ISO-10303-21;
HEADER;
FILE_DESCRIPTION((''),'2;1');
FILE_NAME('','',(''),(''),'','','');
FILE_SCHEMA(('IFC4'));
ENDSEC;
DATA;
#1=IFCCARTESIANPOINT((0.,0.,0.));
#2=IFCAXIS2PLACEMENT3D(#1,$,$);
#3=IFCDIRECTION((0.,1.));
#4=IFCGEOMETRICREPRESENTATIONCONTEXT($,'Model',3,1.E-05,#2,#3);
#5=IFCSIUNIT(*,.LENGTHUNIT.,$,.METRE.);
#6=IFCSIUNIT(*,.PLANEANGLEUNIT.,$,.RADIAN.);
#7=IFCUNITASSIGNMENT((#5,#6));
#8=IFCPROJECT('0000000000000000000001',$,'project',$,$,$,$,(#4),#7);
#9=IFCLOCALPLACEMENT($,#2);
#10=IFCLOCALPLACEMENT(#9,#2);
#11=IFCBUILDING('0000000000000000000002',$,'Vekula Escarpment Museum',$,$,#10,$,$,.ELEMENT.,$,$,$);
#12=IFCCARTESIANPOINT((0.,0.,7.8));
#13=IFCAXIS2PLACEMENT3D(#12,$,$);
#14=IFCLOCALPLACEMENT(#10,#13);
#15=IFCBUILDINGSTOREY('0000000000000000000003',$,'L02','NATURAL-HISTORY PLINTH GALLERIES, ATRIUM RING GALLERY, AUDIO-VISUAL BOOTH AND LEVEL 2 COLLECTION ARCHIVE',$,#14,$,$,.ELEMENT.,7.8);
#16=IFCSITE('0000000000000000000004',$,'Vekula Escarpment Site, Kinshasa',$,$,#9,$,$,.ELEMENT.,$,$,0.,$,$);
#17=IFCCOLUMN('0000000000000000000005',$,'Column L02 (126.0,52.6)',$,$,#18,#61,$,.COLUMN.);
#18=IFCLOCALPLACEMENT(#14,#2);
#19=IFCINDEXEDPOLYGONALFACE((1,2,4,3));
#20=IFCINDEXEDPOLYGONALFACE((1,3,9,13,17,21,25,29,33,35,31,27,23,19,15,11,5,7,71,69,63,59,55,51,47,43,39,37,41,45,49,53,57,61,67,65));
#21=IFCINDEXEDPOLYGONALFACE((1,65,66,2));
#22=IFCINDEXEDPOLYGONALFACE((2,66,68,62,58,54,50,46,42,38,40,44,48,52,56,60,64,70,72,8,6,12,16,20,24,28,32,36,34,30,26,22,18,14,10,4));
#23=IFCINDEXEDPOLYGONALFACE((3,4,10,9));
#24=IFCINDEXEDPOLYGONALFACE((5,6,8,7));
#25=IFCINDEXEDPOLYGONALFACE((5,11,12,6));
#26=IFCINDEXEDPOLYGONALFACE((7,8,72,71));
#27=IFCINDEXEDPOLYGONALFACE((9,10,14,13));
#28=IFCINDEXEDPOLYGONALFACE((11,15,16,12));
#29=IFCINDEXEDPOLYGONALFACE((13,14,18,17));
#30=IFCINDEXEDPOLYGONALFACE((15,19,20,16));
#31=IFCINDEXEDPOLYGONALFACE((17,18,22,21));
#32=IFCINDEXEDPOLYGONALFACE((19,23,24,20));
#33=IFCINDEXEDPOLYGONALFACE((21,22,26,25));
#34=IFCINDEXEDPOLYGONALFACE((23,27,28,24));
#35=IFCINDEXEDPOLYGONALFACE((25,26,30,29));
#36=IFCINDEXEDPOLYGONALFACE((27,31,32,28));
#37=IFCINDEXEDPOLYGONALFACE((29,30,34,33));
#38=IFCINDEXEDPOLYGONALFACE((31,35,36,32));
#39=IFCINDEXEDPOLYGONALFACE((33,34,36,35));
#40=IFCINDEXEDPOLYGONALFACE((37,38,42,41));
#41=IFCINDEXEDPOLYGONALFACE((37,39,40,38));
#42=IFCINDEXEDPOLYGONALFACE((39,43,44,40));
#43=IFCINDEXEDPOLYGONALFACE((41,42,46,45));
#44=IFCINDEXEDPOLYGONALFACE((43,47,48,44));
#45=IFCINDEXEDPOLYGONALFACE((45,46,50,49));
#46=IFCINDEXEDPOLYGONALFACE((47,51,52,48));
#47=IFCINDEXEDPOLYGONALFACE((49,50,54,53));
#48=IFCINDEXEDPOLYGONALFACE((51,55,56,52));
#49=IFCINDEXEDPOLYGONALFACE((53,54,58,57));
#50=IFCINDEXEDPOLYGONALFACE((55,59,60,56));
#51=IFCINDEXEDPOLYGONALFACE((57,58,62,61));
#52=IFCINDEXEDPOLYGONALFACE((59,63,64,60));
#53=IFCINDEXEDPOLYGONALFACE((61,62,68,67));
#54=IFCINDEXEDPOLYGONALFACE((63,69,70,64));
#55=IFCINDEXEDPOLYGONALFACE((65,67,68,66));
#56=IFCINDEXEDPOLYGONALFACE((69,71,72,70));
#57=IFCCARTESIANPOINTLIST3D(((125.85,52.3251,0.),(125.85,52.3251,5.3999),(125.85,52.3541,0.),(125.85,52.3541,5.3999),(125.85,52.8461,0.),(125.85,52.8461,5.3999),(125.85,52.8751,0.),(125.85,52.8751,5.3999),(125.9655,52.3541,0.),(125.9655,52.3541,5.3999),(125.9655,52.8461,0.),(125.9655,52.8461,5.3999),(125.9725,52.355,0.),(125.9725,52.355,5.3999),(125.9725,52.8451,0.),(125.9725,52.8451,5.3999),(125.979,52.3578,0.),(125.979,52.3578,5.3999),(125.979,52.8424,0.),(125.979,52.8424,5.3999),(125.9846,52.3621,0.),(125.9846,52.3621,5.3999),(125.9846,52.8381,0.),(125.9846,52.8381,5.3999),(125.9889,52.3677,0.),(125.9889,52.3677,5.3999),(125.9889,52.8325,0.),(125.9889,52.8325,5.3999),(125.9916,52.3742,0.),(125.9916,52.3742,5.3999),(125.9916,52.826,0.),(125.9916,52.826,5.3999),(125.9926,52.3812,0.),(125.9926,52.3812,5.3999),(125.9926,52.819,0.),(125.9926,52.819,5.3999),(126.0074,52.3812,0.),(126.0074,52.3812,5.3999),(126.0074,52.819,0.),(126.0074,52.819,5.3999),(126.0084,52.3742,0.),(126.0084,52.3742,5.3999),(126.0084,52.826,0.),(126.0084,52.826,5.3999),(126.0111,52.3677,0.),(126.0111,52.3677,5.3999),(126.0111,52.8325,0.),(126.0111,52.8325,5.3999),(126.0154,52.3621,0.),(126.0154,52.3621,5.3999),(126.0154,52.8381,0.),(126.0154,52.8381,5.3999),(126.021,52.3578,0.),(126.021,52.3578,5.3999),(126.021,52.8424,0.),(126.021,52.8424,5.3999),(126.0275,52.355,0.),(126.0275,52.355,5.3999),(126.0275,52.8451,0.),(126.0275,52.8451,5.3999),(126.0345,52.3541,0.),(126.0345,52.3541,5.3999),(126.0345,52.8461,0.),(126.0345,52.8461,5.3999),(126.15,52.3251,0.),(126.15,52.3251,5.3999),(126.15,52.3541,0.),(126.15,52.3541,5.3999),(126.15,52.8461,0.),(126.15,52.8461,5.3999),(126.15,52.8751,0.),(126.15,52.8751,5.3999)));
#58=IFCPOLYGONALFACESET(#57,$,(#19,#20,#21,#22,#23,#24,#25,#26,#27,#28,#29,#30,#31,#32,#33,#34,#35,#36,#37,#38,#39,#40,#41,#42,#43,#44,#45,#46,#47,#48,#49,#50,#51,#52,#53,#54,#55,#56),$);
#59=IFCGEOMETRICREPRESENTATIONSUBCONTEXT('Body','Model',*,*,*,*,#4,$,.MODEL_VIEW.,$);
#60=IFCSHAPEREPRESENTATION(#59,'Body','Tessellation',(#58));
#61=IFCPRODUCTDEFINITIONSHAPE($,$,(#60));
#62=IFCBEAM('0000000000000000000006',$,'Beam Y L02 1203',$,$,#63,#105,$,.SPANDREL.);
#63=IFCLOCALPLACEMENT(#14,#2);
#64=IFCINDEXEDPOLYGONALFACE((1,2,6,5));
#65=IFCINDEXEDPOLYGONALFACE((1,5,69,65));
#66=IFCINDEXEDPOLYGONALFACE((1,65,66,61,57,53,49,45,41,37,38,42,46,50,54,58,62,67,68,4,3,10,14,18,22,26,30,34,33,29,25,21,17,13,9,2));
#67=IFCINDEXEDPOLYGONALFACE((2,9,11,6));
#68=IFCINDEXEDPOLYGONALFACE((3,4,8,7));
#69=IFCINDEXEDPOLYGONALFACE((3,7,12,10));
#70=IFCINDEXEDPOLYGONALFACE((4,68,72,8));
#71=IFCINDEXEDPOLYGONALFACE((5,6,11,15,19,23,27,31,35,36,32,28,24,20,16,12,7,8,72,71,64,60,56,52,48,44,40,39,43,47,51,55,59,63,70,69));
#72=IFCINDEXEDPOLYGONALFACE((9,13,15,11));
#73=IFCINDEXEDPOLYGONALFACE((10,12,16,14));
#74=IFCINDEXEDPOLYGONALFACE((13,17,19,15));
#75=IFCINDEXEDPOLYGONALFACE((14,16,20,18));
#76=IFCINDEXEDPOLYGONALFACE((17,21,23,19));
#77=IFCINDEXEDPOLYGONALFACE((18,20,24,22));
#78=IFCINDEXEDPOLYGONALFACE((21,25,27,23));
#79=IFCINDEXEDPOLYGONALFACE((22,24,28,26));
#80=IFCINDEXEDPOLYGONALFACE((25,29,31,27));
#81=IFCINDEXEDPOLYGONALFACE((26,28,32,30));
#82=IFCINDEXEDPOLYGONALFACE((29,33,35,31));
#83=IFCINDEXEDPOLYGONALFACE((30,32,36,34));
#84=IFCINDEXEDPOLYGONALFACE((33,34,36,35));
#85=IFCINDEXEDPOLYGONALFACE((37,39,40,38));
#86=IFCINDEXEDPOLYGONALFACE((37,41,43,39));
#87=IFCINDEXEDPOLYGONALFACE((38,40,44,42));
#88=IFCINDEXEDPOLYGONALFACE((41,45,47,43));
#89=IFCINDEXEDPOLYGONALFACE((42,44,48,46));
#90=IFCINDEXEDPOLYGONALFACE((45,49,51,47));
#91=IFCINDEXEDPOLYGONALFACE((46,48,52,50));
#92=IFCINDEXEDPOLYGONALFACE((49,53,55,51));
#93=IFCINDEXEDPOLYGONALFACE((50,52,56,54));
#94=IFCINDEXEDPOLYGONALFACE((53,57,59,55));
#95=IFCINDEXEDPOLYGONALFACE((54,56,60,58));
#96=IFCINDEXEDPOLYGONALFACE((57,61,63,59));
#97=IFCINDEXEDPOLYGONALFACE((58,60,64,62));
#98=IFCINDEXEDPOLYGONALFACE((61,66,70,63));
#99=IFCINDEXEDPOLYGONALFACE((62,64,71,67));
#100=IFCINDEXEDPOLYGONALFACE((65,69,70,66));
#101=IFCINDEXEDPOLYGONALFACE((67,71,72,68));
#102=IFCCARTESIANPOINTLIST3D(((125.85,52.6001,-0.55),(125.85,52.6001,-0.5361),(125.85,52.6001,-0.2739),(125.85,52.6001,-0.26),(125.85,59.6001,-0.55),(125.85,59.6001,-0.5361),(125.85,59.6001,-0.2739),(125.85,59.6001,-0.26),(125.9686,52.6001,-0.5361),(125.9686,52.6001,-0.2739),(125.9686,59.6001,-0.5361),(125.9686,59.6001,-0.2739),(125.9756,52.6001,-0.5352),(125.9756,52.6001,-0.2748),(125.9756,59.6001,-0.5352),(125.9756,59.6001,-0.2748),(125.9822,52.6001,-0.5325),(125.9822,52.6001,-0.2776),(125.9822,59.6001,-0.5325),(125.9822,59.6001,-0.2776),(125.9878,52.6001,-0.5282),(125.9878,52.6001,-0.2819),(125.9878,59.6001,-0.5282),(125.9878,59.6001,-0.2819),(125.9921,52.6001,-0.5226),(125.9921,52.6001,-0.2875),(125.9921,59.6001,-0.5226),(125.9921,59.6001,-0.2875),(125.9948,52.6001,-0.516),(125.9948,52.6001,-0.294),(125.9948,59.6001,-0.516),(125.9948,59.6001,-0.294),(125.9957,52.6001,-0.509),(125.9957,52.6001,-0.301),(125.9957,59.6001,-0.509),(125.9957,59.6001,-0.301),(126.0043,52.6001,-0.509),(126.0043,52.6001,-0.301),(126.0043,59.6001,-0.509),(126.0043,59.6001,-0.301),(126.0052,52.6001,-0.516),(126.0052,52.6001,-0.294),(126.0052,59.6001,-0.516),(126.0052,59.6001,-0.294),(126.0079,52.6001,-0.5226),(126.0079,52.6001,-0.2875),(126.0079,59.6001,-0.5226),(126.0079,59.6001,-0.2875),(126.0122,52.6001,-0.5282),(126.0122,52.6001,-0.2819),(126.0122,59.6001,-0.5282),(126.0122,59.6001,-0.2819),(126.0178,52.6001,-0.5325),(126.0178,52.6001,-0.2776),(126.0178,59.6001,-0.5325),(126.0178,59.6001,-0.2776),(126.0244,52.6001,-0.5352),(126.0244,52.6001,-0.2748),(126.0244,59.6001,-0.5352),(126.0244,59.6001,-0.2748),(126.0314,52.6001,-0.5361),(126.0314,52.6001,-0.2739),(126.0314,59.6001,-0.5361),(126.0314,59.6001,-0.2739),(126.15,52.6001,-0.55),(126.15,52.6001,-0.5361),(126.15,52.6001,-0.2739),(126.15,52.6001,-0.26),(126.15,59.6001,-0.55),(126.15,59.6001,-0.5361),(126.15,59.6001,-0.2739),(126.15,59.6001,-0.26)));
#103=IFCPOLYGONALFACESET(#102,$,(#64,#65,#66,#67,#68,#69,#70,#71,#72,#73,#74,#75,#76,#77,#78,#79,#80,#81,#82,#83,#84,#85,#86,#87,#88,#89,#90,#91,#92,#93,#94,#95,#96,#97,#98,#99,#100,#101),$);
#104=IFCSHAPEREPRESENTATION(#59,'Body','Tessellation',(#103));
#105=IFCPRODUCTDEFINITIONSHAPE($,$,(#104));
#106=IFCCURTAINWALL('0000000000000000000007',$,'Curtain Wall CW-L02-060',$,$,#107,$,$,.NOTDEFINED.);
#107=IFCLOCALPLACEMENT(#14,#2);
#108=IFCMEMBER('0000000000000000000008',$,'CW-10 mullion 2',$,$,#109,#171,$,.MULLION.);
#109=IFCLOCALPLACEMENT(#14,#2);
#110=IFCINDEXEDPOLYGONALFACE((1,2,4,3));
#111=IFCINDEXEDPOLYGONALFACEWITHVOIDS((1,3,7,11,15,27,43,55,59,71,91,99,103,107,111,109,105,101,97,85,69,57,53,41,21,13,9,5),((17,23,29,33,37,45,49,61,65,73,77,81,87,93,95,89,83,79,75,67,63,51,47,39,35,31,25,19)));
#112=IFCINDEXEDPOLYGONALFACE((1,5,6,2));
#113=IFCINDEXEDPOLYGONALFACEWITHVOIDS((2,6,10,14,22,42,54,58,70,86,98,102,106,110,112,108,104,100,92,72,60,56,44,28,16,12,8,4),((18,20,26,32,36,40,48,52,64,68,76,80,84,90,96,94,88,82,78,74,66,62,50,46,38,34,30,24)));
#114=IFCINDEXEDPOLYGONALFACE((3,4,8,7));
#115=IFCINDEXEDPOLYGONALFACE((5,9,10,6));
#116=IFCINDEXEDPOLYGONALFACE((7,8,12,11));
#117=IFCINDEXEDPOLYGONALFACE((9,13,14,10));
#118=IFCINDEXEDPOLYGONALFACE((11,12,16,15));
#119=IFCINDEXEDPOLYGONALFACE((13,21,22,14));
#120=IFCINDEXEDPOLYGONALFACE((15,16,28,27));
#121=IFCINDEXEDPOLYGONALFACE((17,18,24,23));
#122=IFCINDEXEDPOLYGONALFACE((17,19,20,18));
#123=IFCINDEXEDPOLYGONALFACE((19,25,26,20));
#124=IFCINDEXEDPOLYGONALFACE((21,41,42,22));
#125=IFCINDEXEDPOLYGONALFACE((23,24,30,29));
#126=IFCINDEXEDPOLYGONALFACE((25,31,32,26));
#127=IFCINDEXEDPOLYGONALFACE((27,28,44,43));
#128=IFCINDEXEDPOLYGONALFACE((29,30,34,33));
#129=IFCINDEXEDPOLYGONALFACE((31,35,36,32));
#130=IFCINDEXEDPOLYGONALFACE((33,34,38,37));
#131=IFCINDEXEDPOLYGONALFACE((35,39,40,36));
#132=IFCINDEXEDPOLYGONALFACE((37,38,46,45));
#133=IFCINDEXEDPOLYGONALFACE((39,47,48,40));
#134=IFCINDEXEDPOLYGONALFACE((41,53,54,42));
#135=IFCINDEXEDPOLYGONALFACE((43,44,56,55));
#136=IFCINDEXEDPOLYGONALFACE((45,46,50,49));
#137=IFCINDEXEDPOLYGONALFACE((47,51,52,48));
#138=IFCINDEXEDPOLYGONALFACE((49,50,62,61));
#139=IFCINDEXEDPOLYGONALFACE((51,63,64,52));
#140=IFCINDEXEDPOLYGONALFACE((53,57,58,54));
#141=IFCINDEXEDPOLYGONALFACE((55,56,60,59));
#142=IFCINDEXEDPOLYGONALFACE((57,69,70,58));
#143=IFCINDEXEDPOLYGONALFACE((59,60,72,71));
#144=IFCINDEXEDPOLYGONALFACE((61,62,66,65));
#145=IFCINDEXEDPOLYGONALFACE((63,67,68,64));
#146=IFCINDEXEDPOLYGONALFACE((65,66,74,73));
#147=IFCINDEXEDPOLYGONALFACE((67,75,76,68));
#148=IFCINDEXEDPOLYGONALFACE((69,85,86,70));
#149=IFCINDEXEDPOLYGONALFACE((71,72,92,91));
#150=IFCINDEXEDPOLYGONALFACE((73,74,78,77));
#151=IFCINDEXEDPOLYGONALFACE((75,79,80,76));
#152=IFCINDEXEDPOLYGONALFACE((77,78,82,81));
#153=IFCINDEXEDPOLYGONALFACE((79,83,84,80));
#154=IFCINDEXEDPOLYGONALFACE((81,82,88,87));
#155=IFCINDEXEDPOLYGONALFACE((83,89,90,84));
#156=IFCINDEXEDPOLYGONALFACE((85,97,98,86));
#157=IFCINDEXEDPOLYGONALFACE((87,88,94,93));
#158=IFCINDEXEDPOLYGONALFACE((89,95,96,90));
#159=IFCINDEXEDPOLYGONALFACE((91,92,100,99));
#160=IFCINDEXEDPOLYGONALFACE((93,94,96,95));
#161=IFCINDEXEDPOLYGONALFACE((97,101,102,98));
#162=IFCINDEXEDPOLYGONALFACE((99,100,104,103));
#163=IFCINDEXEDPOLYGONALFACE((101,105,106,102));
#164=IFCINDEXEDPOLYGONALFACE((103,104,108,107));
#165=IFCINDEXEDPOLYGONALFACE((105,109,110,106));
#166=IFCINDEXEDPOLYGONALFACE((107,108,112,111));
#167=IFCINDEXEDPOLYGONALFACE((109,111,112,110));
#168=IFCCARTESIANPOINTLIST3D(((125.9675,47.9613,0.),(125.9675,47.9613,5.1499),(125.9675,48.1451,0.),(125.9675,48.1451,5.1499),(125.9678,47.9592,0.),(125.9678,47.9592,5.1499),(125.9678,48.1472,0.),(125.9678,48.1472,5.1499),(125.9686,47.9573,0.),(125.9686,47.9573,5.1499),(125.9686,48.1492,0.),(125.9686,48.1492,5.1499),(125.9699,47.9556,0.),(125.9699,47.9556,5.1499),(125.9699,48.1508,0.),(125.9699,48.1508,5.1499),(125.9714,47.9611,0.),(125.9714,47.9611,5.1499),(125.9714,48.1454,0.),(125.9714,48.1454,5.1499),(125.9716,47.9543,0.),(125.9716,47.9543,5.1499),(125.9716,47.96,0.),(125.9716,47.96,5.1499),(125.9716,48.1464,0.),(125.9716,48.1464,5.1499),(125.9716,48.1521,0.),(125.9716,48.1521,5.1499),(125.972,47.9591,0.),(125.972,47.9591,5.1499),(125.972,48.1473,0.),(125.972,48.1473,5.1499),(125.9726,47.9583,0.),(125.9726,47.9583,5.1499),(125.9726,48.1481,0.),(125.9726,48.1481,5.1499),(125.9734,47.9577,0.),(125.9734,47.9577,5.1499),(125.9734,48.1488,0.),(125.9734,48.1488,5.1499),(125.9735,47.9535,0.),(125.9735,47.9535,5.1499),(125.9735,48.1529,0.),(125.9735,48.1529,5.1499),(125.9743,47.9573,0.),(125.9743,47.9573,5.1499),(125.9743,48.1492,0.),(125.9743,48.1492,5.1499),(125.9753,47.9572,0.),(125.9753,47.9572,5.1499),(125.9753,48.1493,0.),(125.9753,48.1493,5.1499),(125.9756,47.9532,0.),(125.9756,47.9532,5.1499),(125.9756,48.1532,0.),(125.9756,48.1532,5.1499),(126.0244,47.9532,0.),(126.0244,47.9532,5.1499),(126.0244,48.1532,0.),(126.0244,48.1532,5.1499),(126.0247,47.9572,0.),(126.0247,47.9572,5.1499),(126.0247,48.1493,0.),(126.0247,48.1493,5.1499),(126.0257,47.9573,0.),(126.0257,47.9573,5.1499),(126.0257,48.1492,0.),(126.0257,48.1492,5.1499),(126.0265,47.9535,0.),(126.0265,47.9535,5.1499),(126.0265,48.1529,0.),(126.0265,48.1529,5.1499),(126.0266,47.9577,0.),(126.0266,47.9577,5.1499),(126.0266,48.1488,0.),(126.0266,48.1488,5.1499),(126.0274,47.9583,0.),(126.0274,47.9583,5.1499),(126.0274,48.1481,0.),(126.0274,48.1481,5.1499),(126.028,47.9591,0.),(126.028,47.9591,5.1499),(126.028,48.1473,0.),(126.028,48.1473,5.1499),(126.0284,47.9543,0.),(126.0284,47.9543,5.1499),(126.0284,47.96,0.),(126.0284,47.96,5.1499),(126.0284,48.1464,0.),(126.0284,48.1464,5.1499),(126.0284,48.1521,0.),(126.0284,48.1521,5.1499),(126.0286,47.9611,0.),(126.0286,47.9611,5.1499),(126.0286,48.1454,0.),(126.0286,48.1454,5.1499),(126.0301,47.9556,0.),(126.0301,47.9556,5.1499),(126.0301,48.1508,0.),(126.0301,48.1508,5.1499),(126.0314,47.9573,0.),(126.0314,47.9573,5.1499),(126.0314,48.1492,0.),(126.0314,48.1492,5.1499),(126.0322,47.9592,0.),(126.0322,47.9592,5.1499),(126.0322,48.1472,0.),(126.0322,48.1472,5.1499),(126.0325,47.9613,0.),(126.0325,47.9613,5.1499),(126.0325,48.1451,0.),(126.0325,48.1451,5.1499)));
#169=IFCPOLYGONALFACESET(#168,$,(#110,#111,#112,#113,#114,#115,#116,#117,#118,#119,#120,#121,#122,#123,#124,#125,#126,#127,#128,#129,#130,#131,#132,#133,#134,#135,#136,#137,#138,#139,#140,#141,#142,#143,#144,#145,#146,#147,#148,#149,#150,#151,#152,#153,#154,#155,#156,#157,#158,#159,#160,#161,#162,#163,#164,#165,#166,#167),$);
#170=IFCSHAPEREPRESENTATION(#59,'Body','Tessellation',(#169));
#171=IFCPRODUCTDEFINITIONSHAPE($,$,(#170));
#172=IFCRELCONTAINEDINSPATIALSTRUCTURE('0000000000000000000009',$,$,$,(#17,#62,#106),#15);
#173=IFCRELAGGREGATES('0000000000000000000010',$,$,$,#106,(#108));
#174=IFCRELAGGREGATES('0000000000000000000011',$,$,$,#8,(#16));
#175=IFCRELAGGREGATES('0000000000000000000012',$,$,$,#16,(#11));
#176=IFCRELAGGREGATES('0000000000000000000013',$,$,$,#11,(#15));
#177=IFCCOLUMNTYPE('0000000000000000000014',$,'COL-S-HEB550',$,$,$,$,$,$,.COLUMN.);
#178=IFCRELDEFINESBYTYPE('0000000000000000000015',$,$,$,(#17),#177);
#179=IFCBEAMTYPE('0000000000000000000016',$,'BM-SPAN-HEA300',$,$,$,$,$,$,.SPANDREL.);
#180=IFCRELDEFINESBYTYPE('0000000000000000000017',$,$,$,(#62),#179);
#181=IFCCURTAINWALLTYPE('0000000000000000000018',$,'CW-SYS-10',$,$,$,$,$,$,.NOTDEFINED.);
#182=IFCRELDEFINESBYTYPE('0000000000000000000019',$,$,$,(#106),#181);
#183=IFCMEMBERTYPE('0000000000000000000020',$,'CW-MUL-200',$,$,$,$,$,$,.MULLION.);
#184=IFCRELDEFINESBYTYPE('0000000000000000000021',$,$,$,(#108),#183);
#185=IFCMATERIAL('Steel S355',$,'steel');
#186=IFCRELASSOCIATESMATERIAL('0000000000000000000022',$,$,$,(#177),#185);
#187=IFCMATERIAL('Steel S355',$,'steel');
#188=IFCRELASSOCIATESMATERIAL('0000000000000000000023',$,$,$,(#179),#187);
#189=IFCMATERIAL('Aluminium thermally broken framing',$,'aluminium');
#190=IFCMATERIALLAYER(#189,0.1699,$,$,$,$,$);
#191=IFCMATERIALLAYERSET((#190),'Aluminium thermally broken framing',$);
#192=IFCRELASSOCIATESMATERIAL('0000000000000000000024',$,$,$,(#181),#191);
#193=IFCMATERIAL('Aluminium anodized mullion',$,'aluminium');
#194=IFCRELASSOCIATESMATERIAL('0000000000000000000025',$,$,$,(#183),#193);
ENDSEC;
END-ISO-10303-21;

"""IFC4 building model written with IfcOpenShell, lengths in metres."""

from ifc_helpers import new_model, si_unit, direction, frame, origin, origin_2d, place, context, subcontext, project, spatial, hollow_rectangle, i_section, extrude, material, layer, layer_set, material_profile, profile_set, type_object, element, aggregate, save


model = new_model("IFC4")

# Units and contexts
model_context = context("Model", 3, precision=1e-05, world=origin(), true_north=direction((0.0, 1.0)))
body_context = subcontext(model_context, "Body", "Model", "MODEL_VIEW")
ifc_project = project(units=[si_unit("LENGTHUNIT", "METRE"), si_unit("PLANEANGLEUNIT", "RADIAN")], contexts=[model_context])

# Site, building, storey
site_placement = place(None, origin())
site = spatial("IfcSite", under=ifc_project, at=site_placement, Name="Vekula Escarpment Site, Kinshasa", CompositionType="ELEMENT", RefElevation=0.0)
building_placement = place(site_placement, origin())
building = spatial("IfcBuilding", under=site, at=building_placement, Name="Vekula Escarpment Museum", CompositionType="ELEMENT")
storey_placement = place(building_placement, frame((0.0, 0.0, 7.8)))
storey = spatial("IfcBuildingStorey", under=building, at=storey_placement, Name="L02", Description="NATURAL-HISTORY PLINTH GALLERIES, ATRIUM RING GALLERY, AUDIO-VISUAL BOOTH AND LEVEL 2 COLLECTION ARCHIVE", CompositionType="ELEMENT", Elevation=7.8)

# Column
ifc_material_1 = material(Name="Steel S355", Category="steel")
ifc_material_profile_1 = material_profile(ifc_material_1, i_section(OverallWidth=0.3, OverallDepth=0.55, WebThickness=0.0149, FlangeThickness=0.0291, FilletRadius=0.0271, at=origin_2d()), Name="HEB 550")
ifc_profile_set_1 = profile_set([ifc_material_profile_1], Name="Steel S355")
column_type = type_object("IfcColumnType", Name="COL-S-HEB550", PredefinedType="COLUMN", material=ifc_profile_set_1)
column_placement = place(storey_placement, frame((126.0, 52.6001, 0.0), z_axis=(0.0, 0.0, 1.0), x_axis=(1.0, 0.0, 0.0)))
element("IfcColumn", 1, at=column_placement, inside=storey, type_object=column_type, Name="Column L02 (126.0,52.6)", PredefinedType="COLUMN", context=body_context, shape_type="SweptSolid", body=[
    extrude(i_section(OverallWidth=0.3, OverallDepth=0.55, WebThickness=0.0149, FlangeThickness=0.0291, FilletRadius=0.0271, at=origin_2d()), origin(), (0.0, 0.0, 1.0), 5.3999),
])

# Beam
ifc_material_2 = material(Name="Steel S355", Category="steel")
ifc_material_profile_2 = material_profile(ifc_material_2, i_section(OverallWidth=0.3, OverallDepth=0.29, WebThickness=0.0085, FlangeThickness=0.0139, FilletRadius=0.0271, at=origin_2d()), Name="HEA 300")
ifc_profile_set_2 = profile_set([ifc_material_profile_2], Name="Steel S355")
beam_type = type_object("IfcBeamType", Name="BM-SPAN-HEA300", PredefinedType="SPANDREL", material=ifc_profile_set_2)
beam_placement = place(storey_placement, frame((126.0, 52.6001, -0.405), z_axis=(0.0, 1.0, 0.0), x_axis=(-1.0, 0.0, 0.0)))
element("IfcBeam", 2, at=beam_placement, inside=storey, type_object=beam_type, Name="Beam Y L02 1203", PredefinedType="SPANDREL", context=body_context, shape_type="SweptSolid", body=[
    extrude(i_section(OverallWidth=0.3, OverallDepth=0.29, WebThickness=0.0085, FlangeThickness=0.0139, FilletRadius=0.0271, at=origin_2d()), origin(), (0.0, 0.0, 1.0), 7.0),
])

# Curtain wall, member
ifc_material_3 = material(Name="Aluminium thermally broken framing", Category="aluminium")
ifc_layer_1 = layer(ifc_material_3, 0.1699)
ifc_layer_set_1 = layer_set([ifc_layer_1], Name="Aluminium thermally broken framing")
curtain_wall_type_1 = type_object("IfcCurtainWallType", Name="CW-SYS-10", PredefinedType="NOTDEFINED", material=ifc_layer_set_1)
curtain_wall_1_placement = place(storey_placement, origin())
curtain_wall_1 = element("IfcCurtainWall", 3, at=curtain_wall_1_placement, inside=storey, type_object=curtain_wall_type_1, Name="Curtain Wall CW-L02-060", PredefinedType="NOTDEFINED")
ifc_material_4 = material(Name="Aluminium anodized mullion", Category="aluminium")
ifc_material_profile_3 = material_profile(ifc_material_4, hollow_rectangle(XDim=0.0649, YDim=0.2, WallThickness=0.0039, InnerFilletRadius=0.0039, OuterFilletRadius=0.0081, at=origin_2d()), Name="ALU 200x65x4")
ifc_profile_set_3 = profile_set([ifc_material_profile_3], Name="Aluminium anodized mullion")
member_type_1 = type_object("IfcMemberType", Name="CW-MUL-200", PredefinedType="MULLION", material=ifc_profile_set_3)
member_1_placement = place(storey_placement, frame((126.0, 48.0532, 0.0), z_axis=(0.0, 0.0, 1.0), x_axis=(-1.0, 0.0, 0.0)))
member_1 = element("IfcMember", 4, at=member_1_placement, type_object=member_type_1, Name="CW-10 mullion 2", PredefinedType="MULLION", context=body_context, shape_type="SweptSolid", body=[
    extrude(hollow_rectangle(XDim=0.0649, YDim=0.2, WallThickness=0.0039, InnerFilletRadius=0.0039, OuterFilletRadius=0.0081, at=origin_2d()), origin(), (0.0, 0.0, 1.0), 5.1499),
])

aggregate(curtain_wall_1, [member_1])

save(model, "model.ifc")
